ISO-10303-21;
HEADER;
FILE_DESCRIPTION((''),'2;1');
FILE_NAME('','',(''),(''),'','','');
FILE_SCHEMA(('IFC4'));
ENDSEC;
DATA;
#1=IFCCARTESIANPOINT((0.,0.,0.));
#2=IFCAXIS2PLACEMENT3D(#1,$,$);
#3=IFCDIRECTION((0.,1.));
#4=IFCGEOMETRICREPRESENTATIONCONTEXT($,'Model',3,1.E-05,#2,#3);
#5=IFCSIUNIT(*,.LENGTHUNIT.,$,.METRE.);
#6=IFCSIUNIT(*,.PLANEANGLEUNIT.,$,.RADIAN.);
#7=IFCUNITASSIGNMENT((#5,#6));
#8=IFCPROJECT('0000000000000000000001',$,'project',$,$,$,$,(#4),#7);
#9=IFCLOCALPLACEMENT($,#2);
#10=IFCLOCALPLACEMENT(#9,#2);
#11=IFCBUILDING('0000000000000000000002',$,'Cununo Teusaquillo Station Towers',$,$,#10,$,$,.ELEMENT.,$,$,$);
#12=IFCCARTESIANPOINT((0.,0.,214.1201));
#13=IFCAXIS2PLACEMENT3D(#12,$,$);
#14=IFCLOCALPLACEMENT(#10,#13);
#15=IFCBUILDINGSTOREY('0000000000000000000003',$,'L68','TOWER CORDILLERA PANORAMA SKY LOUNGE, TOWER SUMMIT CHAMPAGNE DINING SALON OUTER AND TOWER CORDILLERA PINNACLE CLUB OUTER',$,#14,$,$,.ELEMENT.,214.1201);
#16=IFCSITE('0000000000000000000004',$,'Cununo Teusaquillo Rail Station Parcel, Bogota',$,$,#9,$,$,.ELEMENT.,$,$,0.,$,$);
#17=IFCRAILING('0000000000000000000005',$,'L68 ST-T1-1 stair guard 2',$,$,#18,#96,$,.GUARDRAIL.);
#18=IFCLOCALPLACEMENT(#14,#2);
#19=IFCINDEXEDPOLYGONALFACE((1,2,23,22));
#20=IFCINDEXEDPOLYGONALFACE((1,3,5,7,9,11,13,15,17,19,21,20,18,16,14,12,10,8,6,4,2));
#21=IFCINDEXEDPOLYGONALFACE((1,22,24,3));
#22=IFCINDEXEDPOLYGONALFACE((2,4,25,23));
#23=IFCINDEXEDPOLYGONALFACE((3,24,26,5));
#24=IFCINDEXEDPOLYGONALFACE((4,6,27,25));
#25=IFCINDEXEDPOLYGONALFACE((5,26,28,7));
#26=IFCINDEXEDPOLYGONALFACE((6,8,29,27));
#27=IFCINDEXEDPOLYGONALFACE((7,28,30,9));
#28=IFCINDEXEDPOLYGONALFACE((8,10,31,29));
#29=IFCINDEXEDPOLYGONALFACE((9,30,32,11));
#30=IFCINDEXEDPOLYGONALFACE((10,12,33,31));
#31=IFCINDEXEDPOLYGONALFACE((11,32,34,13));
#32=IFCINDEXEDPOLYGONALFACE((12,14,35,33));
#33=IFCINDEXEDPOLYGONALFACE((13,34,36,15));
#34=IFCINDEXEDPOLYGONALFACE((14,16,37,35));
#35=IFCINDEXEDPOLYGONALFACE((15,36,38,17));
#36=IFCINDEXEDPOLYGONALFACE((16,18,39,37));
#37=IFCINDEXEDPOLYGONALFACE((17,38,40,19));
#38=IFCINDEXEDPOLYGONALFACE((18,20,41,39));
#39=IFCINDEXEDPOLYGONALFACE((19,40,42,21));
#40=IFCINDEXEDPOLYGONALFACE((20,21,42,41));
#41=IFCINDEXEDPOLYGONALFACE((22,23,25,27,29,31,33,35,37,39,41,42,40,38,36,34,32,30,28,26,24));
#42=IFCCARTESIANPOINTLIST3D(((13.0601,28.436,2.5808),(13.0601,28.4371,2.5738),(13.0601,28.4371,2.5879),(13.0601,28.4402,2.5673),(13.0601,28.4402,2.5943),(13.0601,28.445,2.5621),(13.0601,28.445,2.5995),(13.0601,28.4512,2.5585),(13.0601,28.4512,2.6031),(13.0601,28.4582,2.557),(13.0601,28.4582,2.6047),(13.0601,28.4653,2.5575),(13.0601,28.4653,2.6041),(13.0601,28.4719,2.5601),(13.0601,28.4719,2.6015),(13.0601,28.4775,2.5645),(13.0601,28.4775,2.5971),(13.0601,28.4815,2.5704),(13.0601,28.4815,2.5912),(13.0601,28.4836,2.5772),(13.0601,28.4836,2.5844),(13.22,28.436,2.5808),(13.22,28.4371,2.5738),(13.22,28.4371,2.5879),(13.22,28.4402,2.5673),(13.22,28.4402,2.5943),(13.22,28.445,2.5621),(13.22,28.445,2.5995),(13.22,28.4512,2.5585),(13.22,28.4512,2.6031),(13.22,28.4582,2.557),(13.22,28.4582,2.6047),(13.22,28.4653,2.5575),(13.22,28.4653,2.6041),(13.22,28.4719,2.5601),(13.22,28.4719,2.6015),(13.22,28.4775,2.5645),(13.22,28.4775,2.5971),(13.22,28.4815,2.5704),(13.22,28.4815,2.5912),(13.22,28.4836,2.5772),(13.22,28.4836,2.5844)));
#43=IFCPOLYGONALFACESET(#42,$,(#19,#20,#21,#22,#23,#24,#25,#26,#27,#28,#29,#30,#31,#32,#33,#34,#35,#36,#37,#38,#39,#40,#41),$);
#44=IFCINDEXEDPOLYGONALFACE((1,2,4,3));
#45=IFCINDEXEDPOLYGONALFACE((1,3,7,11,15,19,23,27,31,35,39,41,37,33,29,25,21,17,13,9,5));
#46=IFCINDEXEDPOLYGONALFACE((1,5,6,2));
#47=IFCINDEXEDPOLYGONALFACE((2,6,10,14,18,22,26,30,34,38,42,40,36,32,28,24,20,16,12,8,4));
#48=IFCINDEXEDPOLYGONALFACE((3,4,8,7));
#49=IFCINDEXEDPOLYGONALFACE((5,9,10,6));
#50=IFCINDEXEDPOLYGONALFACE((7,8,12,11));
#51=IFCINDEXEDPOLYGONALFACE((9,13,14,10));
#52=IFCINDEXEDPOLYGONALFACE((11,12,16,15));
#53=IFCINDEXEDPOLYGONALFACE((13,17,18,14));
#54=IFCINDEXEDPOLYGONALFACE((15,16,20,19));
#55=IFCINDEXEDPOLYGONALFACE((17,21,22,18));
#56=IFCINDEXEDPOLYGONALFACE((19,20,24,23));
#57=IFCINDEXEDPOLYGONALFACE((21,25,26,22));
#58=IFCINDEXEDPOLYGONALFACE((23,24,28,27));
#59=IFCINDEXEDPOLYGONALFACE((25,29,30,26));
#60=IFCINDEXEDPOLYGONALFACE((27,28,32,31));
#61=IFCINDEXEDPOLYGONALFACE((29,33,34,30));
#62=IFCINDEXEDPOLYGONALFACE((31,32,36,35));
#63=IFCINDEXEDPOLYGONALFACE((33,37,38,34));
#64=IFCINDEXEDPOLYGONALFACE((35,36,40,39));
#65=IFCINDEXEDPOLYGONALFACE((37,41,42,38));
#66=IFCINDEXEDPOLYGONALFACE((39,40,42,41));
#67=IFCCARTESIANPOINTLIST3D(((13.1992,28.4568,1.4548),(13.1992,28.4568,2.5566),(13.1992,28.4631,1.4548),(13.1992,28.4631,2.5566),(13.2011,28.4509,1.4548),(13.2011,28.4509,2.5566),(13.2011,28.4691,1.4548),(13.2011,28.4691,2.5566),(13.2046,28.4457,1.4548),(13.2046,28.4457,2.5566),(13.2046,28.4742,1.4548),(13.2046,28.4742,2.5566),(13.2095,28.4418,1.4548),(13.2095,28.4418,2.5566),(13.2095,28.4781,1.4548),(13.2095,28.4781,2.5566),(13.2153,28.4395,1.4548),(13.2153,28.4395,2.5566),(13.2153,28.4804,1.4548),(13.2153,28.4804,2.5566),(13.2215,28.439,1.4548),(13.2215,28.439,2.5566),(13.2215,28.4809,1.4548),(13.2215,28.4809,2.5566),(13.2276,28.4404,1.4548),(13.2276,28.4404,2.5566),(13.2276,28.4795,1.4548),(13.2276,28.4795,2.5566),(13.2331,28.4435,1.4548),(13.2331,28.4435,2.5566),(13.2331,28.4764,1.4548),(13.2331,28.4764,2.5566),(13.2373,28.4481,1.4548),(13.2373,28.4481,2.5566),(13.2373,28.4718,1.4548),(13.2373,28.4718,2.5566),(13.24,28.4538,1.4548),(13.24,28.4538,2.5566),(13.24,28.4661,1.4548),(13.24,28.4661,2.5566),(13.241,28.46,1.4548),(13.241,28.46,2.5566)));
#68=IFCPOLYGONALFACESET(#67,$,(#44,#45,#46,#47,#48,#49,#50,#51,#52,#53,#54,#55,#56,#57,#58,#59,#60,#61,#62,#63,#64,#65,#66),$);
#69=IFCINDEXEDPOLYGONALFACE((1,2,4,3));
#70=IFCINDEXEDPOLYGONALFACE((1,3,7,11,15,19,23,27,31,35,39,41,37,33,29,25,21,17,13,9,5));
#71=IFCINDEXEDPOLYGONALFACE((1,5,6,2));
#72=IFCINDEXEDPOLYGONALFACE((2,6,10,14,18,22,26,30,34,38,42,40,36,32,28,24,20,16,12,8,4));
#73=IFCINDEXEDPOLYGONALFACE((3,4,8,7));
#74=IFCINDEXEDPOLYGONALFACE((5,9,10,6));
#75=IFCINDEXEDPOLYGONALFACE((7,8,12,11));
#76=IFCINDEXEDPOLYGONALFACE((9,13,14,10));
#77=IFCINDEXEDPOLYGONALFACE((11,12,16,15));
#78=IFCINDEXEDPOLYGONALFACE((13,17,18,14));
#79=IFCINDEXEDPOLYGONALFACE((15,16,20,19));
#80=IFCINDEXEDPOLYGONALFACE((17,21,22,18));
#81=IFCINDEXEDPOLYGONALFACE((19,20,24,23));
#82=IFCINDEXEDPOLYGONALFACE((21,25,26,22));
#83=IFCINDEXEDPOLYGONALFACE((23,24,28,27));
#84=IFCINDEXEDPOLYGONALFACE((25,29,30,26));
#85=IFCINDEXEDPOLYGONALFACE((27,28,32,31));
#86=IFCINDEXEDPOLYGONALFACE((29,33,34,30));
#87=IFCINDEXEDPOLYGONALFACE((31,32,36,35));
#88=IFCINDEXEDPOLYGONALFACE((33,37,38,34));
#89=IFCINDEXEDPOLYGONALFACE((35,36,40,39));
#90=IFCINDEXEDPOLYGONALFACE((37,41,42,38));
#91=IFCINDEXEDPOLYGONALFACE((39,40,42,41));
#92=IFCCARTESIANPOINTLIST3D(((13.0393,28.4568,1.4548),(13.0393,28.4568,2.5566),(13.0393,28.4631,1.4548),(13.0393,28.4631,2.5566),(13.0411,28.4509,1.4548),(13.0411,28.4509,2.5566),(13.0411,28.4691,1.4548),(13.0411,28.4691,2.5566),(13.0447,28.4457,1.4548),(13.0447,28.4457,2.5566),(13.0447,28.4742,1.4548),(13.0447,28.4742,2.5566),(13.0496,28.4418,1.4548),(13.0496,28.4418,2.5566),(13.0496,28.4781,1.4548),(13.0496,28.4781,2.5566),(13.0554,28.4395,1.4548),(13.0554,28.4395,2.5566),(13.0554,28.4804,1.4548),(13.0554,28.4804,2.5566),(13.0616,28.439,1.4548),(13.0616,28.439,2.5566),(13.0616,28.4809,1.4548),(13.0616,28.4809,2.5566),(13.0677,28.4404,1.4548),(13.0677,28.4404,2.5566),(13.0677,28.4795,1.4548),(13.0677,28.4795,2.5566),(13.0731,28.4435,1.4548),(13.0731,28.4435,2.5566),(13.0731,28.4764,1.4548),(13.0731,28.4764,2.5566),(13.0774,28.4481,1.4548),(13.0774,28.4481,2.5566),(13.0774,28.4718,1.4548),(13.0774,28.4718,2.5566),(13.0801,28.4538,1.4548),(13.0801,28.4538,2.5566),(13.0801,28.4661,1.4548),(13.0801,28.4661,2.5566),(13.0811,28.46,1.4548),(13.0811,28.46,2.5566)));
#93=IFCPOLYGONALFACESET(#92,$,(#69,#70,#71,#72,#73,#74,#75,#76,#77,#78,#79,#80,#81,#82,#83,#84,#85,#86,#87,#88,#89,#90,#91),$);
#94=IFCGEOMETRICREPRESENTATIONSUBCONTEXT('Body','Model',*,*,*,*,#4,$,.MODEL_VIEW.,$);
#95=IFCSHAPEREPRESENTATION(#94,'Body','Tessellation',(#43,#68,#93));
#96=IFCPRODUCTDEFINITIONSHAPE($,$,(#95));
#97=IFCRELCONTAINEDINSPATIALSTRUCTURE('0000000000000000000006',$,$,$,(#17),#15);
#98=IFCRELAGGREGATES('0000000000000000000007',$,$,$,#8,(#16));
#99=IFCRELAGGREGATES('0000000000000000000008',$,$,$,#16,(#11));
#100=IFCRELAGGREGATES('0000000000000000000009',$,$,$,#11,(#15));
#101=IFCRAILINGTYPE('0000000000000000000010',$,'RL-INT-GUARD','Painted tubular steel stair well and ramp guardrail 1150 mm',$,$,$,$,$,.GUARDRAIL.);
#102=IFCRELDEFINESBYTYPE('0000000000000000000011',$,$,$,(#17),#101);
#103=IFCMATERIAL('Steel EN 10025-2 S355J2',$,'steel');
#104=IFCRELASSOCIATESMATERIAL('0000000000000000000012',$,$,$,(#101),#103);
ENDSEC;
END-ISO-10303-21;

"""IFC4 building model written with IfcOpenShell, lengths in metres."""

from ifc_helpers import new_model, si_unit, direction, frame, origin, origin_2d, place, context, subcontext, project, spatial, circle, extrude, material, type_object, element, save


model = new_model("IFC4")

# Units and contexts
model_context = context("Model", 3, precision=1e-05, world=origin(), true_north=direction((0.0, 1.0)))
body_context = subcontext(model_context, "Body", "Model", "MODEL_VIEW")
ifc_project = project(units=[si_unit("LENGTHUNIT", "METRE"), si_unit("PLANEANGLEUNIT", "RADIAN")], contexts=[model_context])

# Site, building, storey
site_placement = place(None, origin())
site = spatial("IfcSite", under=ifc_project, at=site_placement, Name="Cununo Teusaquillo Rail Station Parcel, Bogota", CompositionType="ELEMENT", RefElevation=0.0)
building_placement = place(site_placement, origin())
building = spatial("IfcBuilding", under=site, at=building_placement, Name="Cununo Teusaquillo Station Towers", CompositionType="ELEMENT")
storey_placement = place(building_placement, frame((0.0, 0.0, 214.1201)))
storey = spatial("IfcBuildingStorey", under=building, at=storey_placement, Name="L68", Description="TOWER CORDILLERA PANORAMA SKY LOUNGE, TOWER SUMMIT CHAMPAGNE DINING SALON OUTER AND TOWER CORDILLERA PINNACLE CLUB OUTER", CompositionType="ELEMENT", Elevation=214.1201)

# Railing
ifc_material_1 = material(Name="Steel EN 10025-2 S355J2", Category="steel")
railing_type_1 = type_object("IfcRailingType", Name="RL-INT-GUARD", Description="Painted tubular steel stair well and ramp guardrail 1150 mm", PredefinedType="GUARDRAIL", material=ifc_material_1)
railing_1_placement = place(storey_placement, frame((13.22, 28.46, 1.4548)))
element("IfcRailing", 1, at=railing_1_placement, inside=storey, type_object=railing_type_1, Name="L68 ST-T1-1 stair guard 2", PredefinedType="GUARDRAIL", context=body_context, shape_type="SweptSolid", body=[
    extrude(circle(Radius=0.0239, at=origin_2d()), frame((0.0, 0.0, 1.126), z_axis=(-1.0, 0.0, 0.0), x_axis=(0.0, -1.0, 0.0)), (0.0, 0.0, 1.0), 0.1599),
    extrude(circle(Radius=0.021, at=origin_2d()), origin(), (0.0, 0.0, 1.0), 1.1018),
    extrude(circle(Radius=0.021, at=origin_2d()), frame((-0.1599, 0.0, 0.0)), (0.0, 0.0, 1.0), 1.1018),
])

save(model, "model.ifc")
